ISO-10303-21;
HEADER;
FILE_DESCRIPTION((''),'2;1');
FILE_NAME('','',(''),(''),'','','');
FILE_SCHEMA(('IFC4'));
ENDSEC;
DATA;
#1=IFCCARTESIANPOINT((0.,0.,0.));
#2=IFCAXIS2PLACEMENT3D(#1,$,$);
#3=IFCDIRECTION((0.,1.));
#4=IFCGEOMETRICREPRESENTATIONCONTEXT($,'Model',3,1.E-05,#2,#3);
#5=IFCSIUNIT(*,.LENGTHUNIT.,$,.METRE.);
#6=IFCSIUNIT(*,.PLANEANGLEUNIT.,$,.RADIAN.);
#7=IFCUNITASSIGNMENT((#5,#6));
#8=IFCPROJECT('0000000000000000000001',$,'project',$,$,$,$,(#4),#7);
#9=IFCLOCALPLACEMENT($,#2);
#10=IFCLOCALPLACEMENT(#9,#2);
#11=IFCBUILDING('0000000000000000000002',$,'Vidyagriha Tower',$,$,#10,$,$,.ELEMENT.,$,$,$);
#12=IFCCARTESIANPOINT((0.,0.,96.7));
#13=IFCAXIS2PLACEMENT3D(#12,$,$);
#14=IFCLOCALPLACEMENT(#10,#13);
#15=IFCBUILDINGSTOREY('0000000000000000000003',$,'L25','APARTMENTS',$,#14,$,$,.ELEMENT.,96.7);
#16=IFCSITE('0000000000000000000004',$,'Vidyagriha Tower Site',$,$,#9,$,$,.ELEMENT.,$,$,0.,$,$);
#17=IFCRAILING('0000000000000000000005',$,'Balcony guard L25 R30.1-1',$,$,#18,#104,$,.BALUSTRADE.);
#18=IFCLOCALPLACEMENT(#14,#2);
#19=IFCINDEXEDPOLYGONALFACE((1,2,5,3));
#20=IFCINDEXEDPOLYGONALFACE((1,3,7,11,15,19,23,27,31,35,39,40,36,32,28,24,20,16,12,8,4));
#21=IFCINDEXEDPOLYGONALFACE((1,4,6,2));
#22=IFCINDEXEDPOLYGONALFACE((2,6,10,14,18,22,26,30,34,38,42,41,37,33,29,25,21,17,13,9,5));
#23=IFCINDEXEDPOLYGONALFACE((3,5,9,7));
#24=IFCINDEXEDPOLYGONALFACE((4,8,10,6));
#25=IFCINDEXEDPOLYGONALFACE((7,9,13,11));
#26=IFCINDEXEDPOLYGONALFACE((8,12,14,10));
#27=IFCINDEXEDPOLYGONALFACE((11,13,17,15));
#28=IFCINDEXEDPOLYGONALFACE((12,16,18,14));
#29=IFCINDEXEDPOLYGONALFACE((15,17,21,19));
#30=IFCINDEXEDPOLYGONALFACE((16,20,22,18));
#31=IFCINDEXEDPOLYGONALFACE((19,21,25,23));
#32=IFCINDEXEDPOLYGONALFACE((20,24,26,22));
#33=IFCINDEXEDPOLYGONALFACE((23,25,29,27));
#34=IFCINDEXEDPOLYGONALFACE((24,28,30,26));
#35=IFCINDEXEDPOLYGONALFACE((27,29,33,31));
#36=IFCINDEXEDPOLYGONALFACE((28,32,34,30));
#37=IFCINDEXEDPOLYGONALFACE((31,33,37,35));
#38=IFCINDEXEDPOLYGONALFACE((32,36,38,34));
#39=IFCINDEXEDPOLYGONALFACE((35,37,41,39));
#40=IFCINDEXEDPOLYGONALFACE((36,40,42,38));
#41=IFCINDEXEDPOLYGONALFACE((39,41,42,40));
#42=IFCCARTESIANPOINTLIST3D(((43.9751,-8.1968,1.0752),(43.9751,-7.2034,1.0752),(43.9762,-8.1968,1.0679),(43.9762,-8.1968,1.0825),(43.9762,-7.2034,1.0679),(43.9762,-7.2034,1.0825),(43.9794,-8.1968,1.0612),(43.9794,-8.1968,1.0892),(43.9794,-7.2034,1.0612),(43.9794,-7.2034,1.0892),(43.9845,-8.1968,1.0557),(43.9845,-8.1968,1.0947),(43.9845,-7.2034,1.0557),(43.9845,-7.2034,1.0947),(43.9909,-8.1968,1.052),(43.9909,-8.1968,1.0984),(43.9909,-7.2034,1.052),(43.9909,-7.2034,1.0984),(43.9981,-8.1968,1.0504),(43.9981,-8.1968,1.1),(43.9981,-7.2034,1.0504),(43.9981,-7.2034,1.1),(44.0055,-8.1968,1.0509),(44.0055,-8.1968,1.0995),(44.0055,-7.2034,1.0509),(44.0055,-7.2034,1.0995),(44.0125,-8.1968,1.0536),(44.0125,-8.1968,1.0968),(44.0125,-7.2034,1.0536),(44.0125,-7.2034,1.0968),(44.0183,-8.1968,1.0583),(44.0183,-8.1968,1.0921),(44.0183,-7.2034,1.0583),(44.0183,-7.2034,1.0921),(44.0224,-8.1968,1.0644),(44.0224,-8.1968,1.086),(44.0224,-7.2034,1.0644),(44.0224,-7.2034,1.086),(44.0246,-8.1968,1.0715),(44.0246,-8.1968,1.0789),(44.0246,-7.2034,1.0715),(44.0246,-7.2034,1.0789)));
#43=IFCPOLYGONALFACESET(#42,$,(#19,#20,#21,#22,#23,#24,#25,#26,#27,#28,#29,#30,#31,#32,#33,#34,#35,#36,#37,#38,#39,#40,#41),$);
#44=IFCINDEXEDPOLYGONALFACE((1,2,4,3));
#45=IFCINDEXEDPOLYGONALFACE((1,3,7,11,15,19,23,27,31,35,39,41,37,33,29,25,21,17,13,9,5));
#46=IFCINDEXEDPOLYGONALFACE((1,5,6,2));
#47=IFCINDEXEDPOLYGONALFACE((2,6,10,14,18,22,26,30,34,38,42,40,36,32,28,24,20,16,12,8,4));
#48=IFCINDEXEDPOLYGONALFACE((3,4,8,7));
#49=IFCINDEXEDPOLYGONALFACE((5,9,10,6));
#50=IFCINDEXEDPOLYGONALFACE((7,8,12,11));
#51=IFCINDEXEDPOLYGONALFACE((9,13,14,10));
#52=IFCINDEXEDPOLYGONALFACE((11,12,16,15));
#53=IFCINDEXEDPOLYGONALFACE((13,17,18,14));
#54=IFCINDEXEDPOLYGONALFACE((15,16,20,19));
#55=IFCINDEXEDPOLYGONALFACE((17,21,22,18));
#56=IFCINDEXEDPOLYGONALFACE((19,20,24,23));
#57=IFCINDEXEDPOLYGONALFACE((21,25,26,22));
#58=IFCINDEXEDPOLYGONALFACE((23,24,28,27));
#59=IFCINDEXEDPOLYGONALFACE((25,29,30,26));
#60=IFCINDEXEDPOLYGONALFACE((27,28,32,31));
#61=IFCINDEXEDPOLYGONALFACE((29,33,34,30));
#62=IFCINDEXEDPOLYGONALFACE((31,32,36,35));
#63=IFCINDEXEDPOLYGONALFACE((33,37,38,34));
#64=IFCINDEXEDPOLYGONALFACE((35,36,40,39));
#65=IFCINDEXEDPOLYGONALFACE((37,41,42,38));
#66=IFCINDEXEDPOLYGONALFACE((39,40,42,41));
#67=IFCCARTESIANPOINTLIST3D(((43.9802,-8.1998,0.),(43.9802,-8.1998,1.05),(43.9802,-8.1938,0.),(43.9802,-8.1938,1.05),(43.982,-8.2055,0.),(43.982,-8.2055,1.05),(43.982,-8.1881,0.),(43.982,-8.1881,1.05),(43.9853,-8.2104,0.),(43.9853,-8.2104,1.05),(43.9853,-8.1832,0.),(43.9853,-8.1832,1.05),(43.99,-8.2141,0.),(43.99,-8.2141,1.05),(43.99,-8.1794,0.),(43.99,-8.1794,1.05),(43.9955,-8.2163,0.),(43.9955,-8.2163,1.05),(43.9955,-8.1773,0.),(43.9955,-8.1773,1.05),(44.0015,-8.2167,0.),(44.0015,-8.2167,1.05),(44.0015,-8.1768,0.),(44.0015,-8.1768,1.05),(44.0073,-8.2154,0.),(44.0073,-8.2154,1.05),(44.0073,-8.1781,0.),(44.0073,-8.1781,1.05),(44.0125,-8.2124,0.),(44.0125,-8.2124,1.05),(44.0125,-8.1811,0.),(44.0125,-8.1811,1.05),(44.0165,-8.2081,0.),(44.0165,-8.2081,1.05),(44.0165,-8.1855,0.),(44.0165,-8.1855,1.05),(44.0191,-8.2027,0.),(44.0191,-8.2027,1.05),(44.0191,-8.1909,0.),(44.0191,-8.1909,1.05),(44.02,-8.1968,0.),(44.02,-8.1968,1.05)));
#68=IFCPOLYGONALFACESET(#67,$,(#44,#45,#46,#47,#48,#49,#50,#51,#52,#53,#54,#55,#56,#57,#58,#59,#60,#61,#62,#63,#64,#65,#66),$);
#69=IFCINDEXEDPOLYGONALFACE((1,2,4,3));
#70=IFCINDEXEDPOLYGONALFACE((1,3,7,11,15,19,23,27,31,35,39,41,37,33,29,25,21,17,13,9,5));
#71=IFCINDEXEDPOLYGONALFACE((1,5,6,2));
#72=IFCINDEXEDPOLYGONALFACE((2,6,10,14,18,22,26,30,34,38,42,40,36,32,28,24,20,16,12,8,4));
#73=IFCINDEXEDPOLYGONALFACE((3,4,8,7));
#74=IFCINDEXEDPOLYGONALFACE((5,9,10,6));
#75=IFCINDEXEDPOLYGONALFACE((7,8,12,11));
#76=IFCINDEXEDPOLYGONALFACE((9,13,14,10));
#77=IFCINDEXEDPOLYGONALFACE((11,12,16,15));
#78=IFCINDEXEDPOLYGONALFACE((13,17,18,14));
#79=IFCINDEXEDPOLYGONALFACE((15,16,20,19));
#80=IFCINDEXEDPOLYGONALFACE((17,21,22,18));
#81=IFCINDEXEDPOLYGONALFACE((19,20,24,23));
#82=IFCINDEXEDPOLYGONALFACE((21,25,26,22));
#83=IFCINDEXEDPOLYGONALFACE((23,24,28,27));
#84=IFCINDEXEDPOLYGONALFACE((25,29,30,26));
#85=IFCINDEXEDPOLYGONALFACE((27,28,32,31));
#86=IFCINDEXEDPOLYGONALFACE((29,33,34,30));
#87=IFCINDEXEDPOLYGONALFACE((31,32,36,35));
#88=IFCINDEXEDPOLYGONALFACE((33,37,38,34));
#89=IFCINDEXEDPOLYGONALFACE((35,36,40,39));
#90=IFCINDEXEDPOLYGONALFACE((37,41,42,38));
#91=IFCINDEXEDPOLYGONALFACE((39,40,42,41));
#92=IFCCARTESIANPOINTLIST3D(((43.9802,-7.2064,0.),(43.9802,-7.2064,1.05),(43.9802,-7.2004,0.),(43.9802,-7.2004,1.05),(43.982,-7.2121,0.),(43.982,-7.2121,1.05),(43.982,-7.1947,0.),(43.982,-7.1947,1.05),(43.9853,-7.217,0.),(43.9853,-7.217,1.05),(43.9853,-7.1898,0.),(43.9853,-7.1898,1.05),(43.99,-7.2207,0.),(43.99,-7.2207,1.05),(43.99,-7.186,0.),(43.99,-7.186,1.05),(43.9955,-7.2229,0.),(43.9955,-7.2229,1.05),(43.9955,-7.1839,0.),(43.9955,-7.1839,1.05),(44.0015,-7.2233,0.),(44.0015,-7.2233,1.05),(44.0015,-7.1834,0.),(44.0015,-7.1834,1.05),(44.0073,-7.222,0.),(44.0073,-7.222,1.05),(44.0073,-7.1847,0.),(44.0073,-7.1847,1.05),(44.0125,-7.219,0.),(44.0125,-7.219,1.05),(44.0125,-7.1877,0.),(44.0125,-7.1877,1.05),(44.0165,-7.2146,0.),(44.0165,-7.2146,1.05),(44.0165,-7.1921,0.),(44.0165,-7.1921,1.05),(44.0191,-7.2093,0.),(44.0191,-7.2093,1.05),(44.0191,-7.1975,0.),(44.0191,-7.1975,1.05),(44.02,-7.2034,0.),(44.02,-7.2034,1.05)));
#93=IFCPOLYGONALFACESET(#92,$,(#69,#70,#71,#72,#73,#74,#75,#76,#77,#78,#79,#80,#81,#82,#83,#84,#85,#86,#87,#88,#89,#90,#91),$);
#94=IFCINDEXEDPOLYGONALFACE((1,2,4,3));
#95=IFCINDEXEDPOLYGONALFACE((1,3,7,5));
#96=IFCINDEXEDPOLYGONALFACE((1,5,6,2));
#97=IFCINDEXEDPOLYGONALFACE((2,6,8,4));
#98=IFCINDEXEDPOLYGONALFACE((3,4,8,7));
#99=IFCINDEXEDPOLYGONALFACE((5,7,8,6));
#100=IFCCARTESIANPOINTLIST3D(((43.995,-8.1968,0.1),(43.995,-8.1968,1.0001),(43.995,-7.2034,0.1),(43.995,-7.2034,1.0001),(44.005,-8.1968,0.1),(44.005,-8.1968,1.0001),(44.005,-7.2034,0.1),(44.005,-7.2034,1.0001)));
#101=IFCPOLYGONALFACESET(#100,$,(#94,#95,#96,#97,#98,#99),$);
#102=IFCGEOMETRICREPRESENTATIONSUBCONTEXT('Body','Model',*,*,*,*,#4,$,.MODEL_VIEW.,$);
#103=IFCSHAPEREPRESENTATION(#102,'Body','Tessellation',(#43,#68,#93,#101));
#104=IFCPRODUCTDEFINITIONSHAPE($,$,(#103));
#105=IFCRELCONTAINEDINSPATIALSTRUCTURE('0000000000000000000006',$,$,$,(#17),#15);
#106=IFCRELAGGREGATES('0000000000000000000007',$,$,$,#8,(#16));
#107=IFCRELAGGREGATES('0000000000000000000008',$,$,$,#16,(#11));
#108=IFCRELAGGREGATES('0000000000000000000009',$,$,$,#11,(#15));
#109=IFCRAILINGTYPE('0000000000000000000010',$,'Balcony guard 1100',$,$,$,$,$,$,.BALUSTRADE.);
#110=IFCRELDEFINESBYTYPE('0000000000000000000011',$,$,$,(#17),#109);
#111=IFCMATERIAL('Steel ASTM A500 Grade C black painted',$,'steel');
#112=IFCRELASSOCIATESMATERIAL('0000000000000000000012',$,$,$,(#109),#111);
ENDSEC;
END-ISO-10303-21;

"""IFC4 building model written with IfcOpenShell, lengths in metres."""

from ifc_helpers import new_model, si_unit, direction, frame, origin, origin_2d, place, context, subcontext, project, spatial, rectangle, circle, extrude, material, type_object, element, save


model = new_model("IFC4")

# Units and contexts
model_context = context("Model", 3, precision=1e-05, world=origin(), true_north=direction((0.0, 1.0)))
body_context = subcontext(model_context, "Body", "Model", "MODEL_VIEW")
ifc_project = project(units=[si_unit("LENGTHUNIT", "METRE"), si_unit("PLANEANGLEUNIT", "RADIAN")], contexts=[model_context])

# Site, building, storey
site_placement = place(None, origin())
site = spatial("IfcSite", under=ifc_project, at=site_placement, Name="Vidyagriha Tower Site", CompositionType="ELEMENT", RefElevation=0.0)
building_placement = place(site_placement, origin())
building = spatial("IfcBuilding", under=site, at=building_placement, Name="Vidyagriha Tower", CompositionType="ELEMENT")
storey_placement = place(building_placement, frame((0.0, 0.0, 96.7)))
storey = spatial("IfcBuildingStorey", under=building, at=storey_placement, Name="L25", Description="APARTMENTS", CompositionType="ELEMENT", Elevation=96.7)

# Railing
ifc_material_1 = material(Name="Steel ASTM A500 Grade C black painted", Category="steel")
railing_type_1 = type_object("IfcRailingType", Name="Balcony guard 1100", PredefinedType="BALUSTRADE", material=ifc_material_1)
railing_1_placement = place(storey_placement, frame((44.0, -8.1968, 0.0)))
element("IfcRailing", 1, at=railing_1_placement, inside=storey, type_object=railing_type_1, Name="Balcony guard L25 R30.1-1", PredefinedType="BALUSTRADE", context=body_context, shape_type="SweptSolid", body=[
    extrude(circle(Radius=0.0249, at=origin_2d()), frame((0.0, 0.0, 1.0752), z_axis=(0.0, 1.0, 0.0), x_axis=(-1.0, 0.0, 0.0)), (0.0, 0.0, 1.0), 0.9934),
    extrude(circle(Radius=0.02, at=origin_2d()), origin(), (0.0, 0.0, 1.0), 1.05),
    extrude(circle(Radius=0.02, at=origin_2d()), frame((0.0, 0.9934, 0.0)), (0.0, 0.0, 1.0), 1.05),
    extrude(rectangle(XDim=0.01, YDim=0.9001, at=origin_2d()), frame((0.0, 0.0, 0.55), z_axis=(0.0, 1.0, 0.0), x_axis=(-1.0, 0.0, 0.0)), (0.0, 0.0, 1.0), 0.9934),
])

save(model, "model.ifc")
